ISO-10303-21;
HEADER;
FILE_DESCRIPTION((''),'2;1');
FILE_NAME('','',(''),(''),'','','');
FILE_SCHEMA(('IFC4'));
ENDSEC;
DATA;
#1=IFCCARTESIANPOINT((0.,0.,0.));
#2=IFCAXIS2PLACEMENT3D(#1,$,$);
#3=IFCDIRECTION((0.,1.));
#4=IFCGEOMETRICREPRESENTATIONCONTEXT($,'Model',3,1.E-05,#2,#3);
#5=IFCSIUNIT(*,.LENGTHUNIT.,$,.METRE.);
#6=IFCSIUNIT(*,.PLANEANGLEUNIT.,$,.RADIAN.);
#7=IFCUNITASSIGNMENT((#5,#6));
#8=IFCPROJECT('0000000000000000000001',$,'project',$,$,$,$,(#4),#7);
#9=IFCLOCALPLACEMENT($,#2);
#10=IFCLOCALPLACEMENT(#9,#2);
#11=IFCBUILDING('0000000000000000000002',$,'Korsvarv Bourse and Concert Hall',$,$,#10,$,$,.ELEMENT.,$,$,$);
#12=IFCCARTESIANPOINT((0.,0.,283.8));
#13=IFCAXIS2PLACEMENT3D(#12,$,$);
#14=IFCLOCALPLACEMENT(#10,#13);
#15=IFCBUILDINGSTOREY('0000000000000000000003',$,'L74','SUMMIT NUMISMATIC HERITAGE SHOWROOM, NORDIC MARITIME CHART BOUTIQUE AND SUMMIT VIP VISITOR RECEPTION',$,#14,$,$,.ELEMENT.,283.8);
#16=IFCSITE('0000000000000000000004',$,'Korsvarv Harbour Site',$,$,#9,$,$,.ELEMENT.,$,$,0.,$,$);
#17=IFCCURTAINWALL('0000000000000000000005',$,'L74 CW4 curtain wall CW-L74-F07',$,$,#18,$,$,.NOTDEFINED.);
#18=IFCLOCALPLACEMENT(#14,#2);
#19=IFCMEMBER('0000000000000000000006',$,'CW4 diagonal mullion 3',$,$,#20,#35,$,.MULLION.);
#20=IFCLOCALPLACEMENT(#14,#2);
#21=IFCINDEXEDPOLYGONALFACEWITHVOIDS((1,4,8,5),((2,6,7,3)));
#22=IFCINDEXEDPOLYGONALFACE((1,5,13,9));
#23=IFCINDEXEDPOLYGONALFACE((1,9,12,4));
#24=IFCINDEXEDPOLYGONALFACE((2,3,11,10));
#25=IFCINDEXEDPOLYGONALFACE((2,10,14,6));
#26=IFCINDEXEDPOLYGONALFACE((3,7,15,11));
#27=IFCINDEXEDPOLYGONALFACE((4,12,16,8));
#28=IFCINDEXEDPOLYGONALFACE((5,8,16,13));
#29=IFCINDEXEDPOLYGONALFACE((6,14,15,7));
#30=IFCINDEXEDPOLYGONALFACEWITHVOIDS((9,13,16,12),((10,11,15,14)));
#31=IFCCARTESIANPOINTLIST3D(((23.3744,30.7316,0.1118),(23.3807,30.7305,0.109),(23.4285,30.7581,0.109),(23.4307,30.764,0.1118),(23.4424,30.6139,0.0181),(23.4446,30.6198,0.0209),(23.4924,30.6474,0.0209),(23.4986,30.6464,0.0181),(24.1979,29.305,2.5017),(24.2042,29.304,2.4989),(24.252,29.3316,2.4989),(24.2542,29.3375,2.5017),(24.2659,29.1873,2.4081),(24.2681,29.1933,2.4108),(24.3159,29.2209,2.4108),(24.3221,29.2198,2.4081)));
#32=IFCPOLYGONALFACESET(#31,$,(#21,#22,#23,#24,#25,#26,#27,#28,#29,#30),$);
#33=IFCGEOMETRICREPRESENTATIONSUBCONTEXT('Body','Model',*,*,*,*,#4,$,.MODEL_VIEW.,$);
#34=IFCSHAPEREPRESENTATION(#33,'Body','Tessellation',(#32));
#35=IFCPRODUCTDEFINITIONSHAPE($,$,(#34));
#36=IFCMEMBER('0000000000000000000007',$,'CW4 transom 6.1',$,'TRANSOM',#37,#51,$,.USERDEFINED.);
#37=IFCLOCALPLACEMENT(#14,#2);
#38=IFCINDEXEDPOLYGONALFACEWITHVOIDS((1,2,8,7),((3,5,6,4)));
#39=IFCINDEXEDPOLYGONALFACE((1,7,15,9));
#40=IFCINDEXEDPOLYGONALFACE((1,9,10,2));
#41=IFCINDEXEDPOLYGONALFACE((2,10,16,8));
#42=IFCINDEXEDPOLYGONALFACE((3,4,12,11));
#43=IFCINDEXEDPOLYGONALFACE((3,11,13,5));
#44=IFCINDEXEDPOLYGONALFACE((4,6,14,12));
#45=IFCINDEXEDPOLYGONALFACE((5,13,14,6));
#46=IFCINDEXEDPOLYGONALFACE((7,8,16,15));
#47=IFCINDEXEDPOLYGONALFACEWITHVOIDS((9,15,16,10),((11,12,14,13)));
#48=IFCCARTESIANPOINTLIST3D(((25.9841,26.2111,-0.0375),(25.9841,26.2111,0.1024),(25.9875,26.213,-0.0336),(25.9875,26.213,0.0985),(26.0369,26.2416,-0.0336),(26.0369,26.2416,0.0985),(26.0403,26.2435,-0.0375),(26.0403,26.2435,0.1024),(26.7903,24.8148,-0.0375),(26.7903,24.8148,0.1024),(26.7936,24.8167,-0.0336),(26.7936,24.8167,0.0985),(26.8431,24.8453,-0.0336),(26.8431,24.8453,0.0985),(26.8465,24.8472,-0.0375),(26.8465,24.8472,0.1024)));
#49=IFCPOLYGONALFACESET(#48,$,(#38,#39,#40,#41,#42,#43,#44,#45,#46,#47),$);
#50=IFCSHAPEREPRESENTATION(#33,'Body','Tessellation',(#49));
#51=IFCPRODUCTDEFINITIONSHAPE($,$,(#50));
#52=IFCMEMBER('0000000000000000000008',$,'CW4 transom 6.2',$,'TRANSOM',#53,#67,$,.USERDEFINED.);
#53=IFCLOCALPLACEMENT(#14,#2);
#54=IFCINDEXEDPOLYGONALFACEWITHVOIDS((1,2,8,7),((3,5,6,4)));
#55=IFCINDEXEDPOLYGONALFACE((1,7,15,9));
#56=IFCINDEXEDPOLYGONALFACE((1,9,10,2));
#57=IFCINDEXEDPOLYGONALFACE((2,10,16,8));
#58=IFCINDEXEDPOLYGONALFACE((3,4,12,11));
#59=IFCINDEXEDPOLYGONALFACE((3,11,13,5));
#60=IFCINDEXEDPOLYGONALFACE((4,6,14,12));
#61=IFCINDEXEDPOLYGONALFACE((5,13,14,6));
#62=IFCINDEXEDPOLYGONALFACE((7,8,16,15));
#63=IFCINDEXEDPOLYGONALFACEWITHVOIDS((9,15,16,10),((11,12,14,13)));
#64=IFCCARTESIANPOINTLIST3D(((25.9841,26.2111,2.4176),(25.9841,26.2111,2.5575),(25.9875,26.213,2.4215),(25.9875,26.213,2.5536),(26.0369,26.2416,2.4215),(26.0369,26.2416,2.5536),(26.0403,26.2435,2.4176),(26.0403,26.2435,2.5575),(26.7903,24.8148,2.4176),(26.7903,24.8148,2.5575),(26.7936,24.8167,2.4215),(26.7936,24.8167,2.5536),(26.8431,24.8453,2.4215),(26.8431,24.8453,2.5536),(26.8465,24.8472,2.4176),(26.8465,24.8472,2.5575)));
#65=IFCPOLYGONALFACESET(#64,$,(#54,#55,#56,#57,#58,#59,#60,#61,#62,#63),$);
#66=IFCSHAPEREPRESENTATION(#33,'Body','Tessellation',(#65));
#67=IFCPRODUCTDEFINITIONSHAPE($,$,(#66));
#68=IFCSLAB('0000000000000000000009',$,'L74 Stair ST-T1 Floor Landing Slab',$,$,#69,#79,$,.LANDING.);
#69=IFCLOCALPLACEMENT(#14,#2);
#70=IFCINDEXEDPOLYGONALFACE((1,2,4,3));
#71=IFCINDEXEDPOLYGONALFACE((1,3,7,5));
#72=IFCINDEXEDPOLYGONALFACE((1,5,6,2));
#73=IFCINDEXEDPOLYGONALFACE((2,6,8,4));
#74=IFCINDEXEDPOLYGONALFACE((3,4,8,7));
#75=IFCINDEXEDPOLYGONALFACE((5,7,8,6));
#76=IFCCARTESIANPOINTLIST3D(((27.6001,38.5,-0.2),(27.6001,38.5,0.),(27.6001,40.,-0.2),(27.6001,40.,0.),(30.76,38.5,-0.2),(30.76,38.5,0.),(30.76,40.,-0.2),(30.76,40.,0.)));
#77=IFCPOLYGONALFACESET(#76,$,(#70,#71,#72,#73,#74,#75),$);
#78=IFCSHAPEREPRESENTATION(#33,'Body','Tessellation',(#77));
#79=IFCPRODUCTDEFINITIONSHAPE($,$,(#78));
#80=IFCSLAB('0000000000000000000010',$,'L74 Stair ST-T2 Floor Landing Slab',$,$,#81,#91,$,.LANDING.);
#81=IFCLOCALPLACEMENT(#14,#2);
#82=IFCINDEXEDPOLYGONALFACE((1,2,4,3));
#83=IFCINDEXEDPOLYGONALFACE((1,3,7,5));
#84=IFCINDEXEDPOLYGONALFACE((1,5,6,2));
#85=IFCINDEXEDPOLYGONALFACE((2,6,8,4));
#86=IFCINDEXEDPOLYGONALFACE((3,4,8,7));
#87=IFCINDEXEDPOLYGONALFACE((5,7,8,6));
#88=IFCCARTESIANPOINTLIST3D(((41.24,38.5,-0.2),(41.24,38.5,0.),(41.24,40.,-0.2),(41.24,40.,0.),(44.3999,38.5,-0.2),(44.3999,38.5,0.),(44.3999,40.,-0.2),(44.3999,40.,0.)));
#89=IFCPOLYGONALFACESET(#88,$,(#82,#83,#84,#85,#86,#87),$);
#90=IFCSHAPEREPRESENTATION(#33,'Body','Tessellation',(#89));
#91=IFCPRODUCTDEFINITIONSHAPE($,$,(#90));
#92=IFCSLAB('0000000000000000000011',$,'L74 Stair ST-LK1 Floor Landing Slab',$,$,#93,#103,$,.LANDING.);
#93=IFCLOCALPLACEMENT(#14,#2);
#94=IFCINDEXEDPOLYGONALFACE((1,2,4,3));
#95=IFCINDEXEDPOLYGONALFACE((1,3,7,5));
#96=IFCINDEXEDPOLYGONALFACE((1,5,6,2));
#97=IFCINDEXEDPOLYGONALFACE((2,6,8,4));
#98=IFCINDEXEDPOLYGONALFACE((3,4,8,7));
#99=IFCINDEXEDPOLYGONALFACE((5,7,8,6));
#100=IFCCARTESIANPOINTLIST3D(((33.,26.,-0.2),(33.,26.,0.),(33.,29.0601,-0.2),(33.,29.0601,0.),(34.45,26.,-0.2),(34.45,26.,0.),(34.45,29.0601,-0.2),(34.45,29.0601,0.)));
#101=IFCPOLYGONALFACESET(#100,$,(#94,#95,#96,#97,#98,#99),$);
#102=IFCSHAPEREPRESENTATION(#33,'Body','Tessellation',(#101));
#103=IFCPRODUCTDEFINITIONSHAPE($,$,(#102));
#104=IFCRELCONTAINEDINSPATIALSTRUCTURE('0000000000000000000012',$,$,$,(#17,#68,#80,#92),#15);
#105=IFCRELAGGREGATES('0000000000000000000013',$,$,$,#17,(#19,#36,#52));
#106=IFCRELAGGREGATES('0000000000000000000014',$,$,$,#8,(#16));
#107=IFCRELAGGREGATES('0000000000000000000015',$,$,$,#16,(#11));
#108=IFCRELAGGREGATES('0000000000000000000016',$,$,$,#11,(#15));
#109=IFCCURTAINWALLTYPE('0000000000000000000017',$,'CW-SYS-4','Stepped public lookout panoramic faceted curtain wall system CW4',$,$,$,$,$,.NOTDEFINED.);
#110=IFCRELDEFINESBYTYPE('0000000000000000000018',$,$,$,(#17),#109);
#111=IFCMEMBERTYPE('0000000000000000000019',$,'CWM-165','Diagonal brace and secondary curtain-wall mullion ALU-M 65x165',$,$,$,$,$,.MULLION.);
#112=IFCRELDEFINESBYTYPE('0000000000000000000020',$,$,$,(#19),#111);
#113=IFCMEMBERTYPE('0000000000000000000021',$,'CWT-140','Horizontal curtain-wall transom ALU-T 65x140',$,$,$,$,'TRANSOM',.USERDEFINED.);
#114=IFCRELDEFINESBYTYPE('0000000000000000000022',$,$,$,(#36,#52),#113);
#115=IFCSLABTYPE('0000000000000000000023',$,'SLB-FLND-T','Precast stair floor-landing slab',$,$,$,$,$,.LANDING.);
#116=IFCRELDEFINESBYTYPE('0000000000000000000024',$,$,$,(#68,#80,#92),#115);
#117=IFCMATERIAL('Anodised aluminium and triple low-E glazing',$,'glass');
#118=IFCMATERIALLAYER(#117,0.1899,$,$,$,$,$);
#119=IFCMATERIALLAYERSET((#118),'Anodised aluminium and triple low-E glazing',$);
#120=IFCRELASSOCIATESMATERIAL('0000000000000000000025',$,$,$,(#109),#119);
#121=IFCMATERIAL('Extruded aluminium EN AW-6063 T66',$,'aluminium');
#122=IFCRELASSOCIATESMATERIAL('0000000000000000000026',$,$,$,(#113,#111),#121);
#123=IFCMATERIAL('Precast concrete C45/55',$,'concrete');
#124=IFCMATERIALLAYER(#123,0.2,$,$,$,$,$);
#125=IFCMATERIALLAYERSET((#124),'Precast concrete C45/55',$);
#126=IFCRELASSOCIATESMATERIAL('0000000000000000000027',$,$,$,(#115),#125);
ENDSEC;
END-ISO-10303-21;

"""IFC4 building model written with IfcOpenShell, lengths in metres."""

from ifc_helpers import new_model, si_unit, direction, frame, origin, origin_2d, place, context, subcontext, project, spatial, polyline, hollow_rectangle, outline, extrude, source, transform, mapped, material, layer, layer_set, material_profile, profile_set, type_object, element, aggregate, save


model = new_model("IFC4")

# Units and contexts
model_context = context("Model", 3, precision=1e-05, world=origin(), true_north=direction((0.0, 1.0)))
body_context = subcontext(model_context, "Body", "Model", "MODEL_VIEW")
ifc_project = project(units=[si_unit("LENGTHUNIT", "METRE"), si_unit("PLANEANGLEUNIT", "RADIAN")], contexts=[model_context])

# Site, building, storey
site_placement = place(None, origin())
site = spatial("IfcSite", under=ifc_project, at=site_placement, Name="Korsvarv Harbour Site", CompositionType="ELEMENT", RefElevation=0.0)
building_placement = place(site_placement, origin())
building = spatial("IfcBuilding", under=site, at=building_placement, Name="Korsvarv Bourse and Concert Hall", CompositionType="ELEMENT")
storey_placement = place(building_placement, frame((0.0, 0.0, 283.8)))
storey = spatial("IfcBuildingStorey", under=building, at=storey_placement, Name="L74", Description="SUMMIT NUMISMATIC HERITAGE SHOWROOM, NORDIC MARITIME CHART BOUTIQUE AND SUMMIT VIP VISITOR RECEPTION", CompositionType="ELEMENT", Elevation=283.8)

# Curtain wall, members
ifc_material_1 = material(Name="Anodised aluminium and triple low-E glazing", Category="glass")
ifc_layer_1 = layer(ifc_material_1, 0.1899)
ifc_layer_set_1 = layer_set([ifc_layer_1], Name="Anodised aluminium and triple low-E glazing")
curtain_wall_type = type_object("IfcCurtainWallType", Name="CW-SYS-4", Description="Stepped public lookout panoramic faceted curtain wall system CW4", PredefinedType="NOTDEFINED", material=ifc_layer_set_1)
curtain_wall_placement = place(storey_placement, origin())
curtain_wall = element("IfcCurtainWall", 1, at=curtain_wall_placement, inside=storey, type_object=curtain_wall_type, Name="L74 CW4 curtain wall CW-L74-F07", PredefinedType="NOTDEFINED")
ifc_material_2 = material(Name="Extruded aluminium EN AW-6063 T66", Category="aluminium")
ifc_material_profile_1 = material_profile(ifc_material_2, hollow_rectangle(XDim=0.0649, YDim=0.1399, WallThickness=0.0039, at=origin_2d()), Name="ALU-T 65x140")
ifc_profile_set_1 = profile_set([ifc_material_profile_1], Name="Extruded aluminium EN AW-6063 T66")
member_type_1 = type_object("IfcMemberType", Name="CWT-140", Description="Horizontal curtain-wall transom ALU-T 65x140", ElementType="TRANSOM", PredefinedType="USERDEFINED", material=ifc_profile_set_1)
ifc_material_profile_2 = material_profile(ifc_material_2, hollow_rectangle(XDim=0.0649, YDim=0.165, WallThickness=0.0049, at=origin_2d()), Name="ALU-M 65x165")
ifc_profile_set_2 = profile_set([ifc_material_profile_2], Name="Extruded aluminium EN AW-6063 T66")
member_type_2 = type_object("IfcMemberType", Name="CWM-165", Description="Diagonal brace and secondary curtain-wall mullion ALU-M 65x165", PredefinedType="MULLION", material=ifc_profile_set_2)
shared_shape_1 = source(origin(), body_context, "Body", "SweptSolid", [
    extrude(hollow_rectangle(XDim=0.0649, YDim=0.165, WallThickness=0.0049, at=origin_2d()), origin(), (0.0, 0.0, 1.0), 2.9026),
])
member_1_placement = place(storey_placement, frame((23.4365, 30.689, 0.0649), z_axis=(0.283714, -0.491473, 0.823384), x_axis=(0.866055, 0.499949, 0.0)))
member_1 = element("IfcMember", 2, at=member_1_placement, type_object=member_type_2, Name="CW4 diagonal mullion 3", PredefinedType="MULLION", context=body_context, shape_type="MappedRepresentation", body=[
    mapped(shared_shape_1, transform((0.0, 0.0, 0.0), scale=1.0)),
])
shared_shape_2 = source(origin(), body_context, "Body", "SweptSolid", [
    extrude(hollow_rectangle(XDim=0.0649, YDim=0.1399, WallThickness=0.0039, at=origin_2d()), origin(), (0.0, 0.0, 1.0), 1.6123),
])
member_2_placement = place(storey_placement, frame((26.0122, 26.2273, 0.0325), z_axis=(0.500015, -0.866017, 0.0), x_axis=(0.866017, 0.500015, 0.0)))
member_2 = element("IfcMember", 3, at=member_2_placement, type_object=member_type_1, Name="CW4 transom 6.1", ObjectType="TRANSOM", PredefinedType="USERDEFINED", context=body_context, shape_type="MappedRepresentation", body=[
    mapped(shared_shape_2, transform((0.0, 0.0, 0.0), scale=1.0)),
])
member_3_placement = place(storey_placement, frame((26.0122, 26.2273, 2.4875), z_axis=(0.500015, -0.866017, 0.0), x_axis=(0.866017, 0.500015, 0.0)))
member_3 = element("IfcMember", 4, at=member_3_placement, type_object=member_type_1, Name="CW4 transom 6.2", ObjectType="TRANSOM", PredefinedType="USERDEFINED", context=body_context, shape_type="MappedRepresentation", body=[
    mapped(shared_shape_2, transform((0.0, 0.0, 0.0), scale=1.0)),
])

# Slabs
ifc_material_3 = material(Name="Precast concrete C45/55", Category="concrete")
ifc_layer_2 = layer(ifc_material_3, 0.2)
ifc_layer_set_2 = layer_set([ifc_layer_2], Name="Precast concrete C45/55")
slab_type_1 = type_object("IfcSlabType", Name="SLB-FLND-T", Description="Precast stair floor-landing slab", PredefinedType="LANDING", material=ifc_layer_set_2)
slab_1_placement = place(storey_placement, frame((0.0, 0.0, -0.2)))
element("IfcSlab", 5, at=slab_1_placement, inside=storey, type_object=slab_type_1, Name="L74 Stair ST-T1 Floor Landing Slab", PredefinedType="LANDING", context=body_context, shape_type="SweptSolid", body=[
    extrude(outline(polyline([(30.76, 38.5), (30.76, 40.0), (27.6001, 40.0), (27.6001, 38.5), (30.76, 38.5)])), origin(), (0.0, 0.0, 1.0), 0.2),
])
slab_2_placement = place(storey_placement, frame((0.0, 0.0, -0.2)))
element("IfcSlab", 6, at=slab_2_placement, inside=storey, type_object=slab_type_1, Name="L74 Stair ST-T2 Floor Landing Slab", PredefinedType="LANDING", context=body_context, shape_type="SweptSolid", body=[
    extrude(outline(polyline([(44.3999, 38.5), (44.3999, 40.0), (41.24, 40.0), (41.24, 38.5), (44.3999, 38.5)])), origin(), (0.0, 0.0, 1.0), 0.2),
])
slab_3_placement = place(storey_placement, frame((0.0, 0.0, -0.2)))
element("IfcSlab", 7, at=slab_3_placement, inside=storey, type_object=slab_type_1, Name="L74 Stair ST-LK1 Floor Landing Slab", PredefinedType="LANDING", context=body_context, shape_type="SweptSolid", body=[
    extrude(outline(polyline([(33.0, 26.0), (34.45, 26.0), (34.45, 29.0601), (33.0, 29.0601), (33.0, 26.0)])), origin(), (0.0, 0.0, 1.0), 0.2),
])

aggregate(curtain_wall, [member_1, member_2, member_3])

save(model, "model.ifc")
